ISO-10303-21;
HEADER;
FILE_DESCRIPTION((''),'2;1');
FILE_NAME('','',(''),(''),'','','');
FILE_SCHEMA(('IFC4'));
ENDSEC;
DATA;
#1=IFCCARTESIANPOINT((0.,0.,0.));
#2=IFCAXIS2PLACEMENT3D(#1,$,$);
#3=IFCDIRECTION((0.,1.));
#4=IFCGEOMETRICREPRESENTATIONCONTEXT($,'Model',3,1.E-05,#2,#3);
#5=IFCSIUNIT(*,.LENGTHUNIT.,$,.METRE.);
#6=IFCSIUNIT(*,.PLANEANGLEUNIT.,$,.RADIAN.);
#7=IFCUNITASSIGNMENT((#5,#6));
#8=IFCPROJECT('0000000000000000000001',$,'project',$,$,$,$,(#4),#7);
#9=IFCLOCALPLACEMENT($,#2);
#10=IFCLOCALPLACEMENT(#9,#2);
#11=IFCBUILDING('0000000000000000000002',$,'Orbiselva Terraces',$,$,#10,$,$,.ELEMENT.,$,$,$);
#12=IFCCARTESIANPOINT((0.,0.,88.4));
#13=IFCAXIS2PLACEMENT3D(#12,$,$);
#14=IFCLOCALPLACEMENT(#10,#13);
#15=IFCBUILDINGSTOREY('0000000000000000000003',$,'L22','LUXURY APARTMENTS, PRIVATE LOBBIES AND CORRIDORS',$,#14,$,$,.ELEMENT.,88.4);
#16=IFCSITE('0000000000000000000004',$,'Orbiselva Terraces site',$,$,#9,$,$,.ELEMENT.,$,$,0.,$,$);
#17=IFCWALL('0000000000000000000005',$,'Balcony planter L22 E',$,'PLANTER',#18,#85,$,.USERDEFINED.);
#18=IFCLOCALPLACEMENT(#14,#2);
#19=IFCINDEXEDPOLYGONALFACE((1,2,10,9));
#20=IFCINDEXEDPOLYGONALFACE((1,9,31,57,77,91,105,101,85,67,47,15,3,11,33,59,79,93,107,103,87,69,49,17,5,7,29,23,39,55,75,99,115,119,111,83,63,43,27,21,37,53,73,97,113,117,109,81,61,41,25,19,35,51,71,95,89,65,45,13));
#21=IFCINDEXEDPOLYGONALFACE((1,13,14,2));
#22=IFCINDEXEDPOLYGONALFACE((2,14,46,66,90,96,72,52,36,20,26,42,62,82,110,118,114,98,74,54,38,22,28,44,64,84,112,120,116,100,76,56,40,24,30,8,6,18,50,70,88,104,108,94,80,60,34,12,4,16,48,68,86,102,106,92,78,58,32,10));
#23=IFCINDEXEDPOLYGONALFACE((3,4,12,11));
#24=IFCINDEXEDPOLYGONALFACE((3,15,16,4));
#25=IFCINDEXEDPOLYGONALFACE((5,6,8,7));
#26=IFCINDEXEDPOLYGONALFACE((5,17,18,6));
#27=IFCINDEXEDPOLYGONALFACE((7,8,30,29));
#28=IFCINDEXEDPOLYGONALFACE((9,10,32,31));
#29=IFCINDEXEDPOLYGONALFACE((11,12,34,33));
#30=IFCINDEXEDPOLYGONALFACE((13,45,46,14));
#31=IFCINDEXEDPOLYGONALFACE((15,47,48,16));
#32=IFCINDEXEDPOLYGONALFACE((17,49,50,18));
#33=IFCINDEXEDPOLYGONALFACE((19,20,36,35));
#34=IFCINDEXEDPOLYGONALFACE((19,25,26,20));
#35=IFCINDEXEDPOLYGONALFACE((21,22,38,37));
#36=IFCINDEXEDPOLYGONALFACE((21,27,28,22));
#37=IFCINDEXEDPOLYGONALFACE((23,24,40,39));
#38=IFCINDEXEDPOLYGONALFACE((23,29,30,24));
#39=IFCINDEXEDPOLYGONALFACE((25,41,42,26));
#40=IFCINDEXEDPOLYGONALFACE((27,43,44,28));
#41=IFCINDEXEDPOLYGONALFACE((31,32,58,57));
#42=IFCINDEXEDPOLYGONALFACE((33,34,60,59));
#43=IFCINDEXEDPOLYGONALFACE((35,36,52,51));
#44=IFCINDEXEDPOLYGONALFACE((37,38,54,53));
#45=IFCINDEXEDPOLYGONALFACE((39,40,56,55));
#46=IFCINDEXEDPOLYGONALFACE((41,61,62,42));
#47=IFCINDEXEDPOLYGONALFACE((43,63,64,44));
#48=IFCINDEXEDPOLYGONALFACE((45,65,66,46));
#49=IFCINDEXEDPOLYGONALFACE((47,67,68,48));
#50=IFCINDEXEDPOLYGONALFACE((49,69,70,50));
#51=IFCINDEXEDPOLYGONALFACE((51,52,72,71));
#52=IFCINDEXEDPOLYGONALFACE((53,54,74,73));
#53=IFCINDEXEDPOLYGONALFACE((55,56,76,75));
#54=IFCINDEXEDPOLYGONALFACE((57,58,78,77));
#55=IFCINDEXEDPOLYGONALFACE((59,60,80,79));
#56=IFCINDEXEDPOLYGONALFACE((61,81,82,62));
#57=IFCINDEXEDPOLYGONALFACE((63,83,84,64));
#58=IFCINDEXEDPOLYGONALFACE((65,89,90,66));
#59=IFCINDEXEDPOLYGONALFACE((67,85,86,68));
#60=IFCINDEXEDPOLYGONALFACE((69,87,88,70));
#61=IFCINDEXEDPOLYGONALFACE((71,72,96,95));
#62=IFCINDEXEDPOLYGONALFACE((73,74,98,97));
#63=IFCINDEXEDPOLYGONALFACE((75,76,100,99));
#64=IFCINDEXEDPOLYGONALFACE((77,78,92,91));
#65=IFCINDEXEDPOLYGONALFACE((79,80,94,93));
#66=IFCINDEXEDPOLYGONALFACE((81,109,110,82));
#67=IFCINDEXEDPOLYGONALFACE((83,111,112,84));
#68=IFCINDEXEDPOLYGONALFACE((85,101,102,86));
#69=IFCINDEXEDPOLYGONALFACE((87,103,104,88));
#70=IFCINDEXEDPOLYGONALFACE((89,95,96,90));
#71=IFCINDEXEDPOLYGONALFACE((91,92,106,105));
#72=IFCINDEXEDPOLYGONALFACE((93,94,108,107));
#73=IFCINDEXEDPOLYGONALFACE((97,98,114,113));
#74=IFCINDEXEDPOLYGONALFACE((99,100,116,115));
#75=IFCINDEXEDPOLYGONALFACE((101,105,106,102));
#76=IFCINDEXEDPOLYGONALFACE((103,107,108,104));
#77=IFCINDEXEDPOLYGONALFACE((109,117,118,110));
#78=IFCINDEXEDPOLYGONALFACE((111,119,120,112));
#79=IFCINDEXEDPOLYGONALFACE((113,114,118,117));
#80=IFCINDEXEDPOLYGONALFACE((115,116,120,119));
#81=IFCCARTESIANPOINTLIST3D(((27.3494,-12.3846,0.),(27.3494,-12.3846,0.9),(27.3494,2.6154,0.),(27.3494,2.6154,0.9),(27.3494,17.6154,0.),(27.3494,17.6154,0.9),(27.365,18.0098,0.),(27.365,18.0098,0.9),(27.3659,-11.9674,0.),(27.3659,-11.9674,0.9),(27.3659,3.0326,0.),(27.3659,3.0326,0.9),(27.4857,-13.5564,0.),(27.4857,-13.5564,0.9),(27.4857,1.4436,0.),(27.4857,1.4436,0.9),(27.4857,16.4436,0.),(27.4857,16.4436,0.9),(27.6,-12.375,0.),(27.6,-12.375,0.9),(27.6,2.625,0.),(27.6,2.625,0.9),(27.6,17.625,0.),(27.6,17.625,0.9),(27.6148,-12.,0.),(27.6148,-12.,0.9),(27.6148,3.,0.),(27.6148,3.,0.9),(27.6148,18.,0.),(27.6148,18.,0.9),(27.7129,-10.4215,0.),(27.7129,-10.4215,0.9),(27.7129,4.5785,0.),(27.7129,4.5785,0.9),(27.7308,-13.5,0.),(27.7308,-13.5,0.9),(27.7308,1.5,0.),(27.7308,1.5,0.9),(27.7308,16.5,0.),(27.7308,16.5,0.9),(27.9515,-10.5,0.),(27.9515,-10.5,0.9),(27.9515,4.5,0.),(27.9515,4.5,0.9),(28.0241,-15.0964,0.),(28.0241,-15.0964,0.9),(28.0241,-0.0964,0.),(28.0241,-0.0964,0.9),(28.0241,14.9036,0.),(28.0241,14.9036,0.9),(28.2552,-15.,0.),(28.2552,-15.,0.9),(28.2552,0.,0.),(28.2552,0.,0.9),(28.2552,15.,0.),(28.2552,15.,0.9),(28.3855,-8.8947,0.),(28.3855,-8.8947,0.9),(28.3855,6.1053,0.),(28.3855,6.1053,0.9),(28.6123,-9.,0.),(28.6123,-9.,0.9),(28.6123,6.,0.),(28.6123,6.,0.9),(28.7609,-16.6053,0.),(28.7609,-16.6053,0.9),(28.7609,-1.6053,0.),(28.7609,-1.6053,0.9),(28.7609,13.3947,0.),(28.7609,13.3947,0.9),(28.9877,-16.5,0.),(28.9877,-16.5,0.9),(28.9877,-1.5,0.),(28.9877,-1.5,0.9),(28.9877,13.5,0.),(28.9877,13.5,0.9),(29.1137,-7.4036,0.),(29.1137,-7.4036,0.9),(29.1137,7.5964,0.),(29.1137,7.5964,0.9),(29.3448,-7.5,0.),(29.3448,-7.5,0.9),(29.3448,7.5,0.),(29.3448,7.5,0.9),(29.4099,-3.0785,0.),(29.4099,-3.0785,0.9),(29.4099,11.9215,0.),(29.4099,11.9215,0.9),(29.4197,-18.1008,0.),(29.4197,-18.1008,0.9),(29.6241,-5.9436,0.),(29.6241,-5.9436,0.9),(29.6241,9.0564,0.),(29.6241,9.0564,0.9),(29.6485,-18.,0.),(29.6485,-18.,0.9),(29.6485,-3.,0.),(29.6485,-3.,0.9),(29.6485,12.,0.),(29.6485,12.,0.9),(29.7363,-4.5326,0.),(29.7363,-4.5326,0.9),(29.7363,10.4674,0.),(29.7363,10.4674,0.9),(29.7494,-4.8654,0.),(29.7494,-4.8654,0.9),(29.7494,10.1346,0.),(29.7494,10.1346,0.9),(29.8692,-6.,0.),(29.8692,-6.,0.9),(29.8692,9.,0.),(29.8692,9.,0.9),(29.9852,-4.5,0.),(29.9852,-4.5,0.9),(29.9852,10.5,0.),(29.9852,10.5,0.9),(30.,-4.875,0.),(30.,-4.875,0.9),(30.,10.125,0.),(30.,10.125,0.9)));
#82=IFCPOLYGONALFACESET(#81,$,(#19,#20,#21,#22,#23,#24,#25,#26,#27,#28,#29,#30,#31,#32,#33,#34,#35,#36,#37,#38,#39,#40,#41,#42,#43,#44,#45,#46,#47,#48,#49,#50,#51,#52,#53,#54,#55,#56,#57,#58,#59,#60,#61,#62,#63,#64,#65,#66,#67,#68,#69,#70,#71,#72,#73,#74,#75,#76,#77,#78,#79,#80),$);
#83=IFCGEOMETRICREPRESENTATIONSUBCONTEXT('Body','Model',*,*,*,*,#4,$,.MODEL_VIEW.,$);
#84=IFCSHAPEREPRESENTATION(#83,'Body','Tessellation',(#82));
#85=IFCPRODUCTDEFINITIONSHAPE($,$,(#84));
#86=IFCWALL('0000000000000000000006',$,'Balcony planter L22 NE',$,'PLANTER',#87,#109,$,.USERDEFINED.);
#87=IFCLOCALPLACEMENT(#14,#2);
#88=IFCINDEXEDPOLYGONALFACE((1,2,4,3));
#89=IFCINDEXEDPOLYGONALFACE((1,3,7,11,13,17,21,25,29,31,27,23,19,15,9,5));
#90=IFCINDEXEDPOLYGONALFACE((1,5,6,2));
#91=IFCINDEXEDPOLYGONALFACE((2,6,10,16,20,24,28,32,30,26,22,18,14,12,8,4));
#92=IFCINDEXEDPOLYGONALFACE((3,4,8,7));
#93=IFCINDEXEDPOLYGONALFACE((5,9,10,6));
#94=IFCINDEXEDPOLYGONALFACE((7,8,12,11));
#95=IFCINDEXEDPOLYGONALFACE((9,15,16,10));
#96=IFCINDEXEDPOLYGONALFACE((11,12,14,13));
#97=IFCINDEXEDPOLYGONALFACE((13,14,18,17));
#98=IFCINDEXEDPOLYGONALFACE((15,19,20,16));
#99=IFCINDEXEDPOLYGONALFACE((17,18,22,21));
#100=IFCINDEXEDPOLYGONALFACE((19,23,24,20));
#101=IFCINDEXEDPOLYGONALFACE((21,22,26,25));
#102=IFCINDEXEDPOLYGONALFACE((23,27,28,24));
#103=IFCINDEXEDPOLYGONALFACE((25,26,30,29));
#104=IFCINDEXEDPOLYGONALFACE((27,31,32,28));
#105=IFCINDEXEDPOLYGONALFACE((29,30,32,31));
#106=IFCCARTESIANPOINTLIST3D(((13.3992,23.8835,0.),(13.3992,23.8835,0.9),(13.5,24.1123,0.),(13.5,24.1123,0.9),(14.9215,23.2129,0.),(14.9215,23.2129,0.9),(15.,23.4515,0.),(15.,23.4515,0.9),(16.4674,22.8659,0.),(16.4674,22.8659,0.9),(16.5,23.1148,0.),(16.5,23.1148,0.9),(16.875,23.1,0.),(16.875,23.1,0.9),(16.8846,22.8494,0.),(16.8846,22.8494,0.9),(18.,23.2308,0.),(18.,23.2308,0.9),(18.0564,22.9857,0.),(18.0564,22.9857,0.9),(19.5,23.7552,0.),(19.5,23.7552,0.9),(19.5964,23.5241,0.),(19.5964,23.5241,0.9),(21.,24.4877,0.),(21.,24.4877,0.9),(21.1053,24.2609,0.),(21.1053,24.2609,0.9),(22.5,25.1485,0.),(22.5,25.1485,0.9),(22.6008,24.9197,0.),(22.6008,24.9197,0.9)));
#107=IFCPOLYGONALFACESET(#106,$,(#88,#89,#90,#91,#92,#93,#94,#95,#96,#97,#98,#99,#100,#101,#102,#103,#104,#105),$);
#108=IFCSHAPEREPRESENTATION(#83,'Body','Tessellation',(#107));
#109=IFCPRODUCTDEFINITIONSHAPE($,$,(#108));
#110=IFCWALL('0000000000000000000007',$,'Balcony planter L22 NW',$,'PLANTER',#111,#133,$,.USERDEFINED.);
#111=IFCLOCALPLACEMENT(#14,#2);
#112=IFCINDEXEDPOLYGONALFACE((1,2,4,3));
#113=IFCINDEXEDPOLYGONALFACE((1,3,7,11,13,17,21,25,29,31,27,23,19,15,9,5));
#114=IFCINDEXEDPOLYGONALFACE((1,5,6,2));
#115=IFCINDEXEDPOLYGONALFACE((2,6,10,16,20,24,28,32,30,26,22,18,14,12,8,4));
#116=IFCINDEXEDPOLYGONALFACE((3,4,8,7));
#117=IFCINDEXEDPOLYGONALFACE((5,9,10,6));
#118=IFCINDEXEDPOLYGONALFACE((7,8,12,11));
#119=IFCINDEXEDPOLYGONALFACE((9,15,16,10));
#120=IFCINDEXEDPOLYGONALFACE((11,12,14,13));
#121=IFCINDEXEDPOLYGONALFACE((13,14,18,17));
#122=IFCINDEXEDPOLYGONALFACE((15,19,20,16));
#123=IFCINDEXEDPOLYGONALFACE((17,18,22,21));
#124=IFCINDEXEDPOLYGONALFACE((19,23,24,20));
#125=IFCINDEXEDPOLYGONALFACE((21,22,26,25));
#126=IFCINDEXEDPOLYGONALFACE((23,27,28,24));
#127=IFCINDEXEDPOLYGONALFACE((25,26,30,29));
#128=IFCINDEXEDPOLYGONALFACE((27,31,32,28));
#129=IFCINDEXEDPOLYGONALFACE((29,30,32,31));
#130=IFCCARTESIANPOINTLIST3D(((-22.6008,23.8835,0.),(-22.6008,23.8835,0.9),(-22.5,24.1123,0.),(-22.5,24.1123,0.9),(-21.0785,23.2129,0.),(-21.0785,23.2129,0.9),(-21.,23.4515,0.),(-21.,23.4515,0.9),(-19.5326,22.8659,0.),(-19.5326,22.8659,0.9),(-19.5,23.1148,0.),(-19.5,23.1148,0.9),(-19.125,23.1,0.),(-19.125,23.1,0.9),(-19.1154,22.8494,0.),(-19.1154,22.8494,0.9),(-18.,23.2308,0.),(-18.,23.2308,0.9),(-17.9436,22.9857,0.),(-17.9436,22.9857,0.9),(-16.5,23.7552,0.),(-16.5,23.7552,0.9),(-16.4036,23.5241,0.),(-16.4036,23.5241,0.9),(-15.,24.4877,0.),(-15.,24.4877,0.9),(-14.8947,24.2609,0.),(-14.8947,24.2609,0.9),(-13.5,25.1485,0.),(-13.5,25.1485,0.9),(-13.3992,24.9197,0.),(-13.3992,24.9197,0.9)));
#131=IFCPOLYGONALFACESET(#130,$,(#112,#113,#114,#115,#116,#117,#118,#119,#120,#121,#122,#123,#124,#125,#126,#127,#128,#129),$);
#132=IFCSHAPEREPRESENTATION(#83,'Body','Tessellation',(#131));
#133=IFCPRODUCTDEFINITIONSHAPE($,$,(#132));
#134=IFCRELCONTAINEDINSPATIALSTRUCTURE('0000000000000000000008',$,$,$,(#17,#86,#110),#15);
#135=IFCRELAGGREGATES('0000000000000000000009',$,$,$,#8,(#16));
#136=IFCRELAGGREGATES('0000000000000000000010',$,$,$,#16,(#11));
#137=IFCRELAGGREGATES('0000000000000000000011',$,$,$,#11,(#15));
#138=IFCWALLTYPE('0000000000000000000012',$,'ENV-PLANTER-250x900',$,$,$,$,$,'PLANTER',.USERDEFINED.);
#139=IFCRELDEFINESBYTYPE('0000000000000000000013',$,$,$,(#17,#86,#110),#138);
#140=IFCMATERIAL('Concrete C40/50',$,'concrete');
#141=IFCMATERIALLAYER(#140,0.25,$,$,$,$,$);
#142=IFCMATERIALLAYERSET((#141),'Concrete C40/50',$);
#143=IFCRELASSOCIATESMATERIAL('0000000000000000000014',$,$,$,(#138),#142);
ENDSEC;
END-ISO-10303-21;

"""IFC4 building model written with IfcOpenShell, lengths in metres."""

from ifc_helpers import new_model, si_unit, direction, frame, origin, place, context, subcontext, project, spatial, polyline, outline, extrude, material, layer, layer_set, type_object, element, save


model = new_model("IFC4")

# Units and contexts
model_context = context("Model", 3, precision=1e-05, world=origin(), true_north=direction((0.0, 1.0)))
body_context = subcontext(model_context, "Body", "Model", "MODEL_VIEW")
ifc_project = project(units=[si_unit("LENGTHUNIT", "METRE"), si_unit("PLANEANGLEUNIT", "RADIAN")], contexts=[model_context])

# Site, building, storey
site_placement = place(None, origin())
site = spatial("IfcSite", under=ifc_project, at=site_placement, Name="Orbiselva Terraces site", CompositionType="ELEMENT", RefElevation=0.0)
building_placement = place(site_placement, origin())
building = spatial("IfcBuilding", under=site, at=building_placement, Name="Orbiselva Terraces", CompositionType="ELEMENT")
storey_placement = place(building_placement, frame((0.0, 0.0, 88.4)))
storey = spatial("IfcBuildingStorey", under=building, at=storey_placement, Name="L22", Description="LUXURY APARTMENTS, PRIVATE LOBBIES AND CORRIDORS", CompositionType="ELEMENT", Elevation=88.4)

# Shared definitions
ifc_material_1 = material(Name="Concrete C40/50", Category="concrete")

# Walls
ifc_layer_1 = layer(ifc_material_1, 0.25)
ifc_layer_set_1 = layer_set([ifc_layer_1], Name="Concrete C40/50")
wall_type = type_object("IfcWallType", Name="ENV-PLANTER-250x900", ElementType="PLANTER", PredefinedType="USERDEFINED", material=ifc_layer_set_1)
wall_1_placement = place(storey_placement, origin())
element("IfcWall", 1, at=wall_1_placement, inside=storey, type_object=wall_type, Name="Balcony planter L22 E", ObjectType="PLANTER", PredefinedType="USERDEFINED", context=body_context, shape_type="SweptSolid", body=[
    extrude(outline(polyline([(29.6485, -18.0), (28.9877, -16.5), (28.2552, -15.0), (27.7308, -13.5), (27.6, -12.375), (27.6148, -12.0), (27.9515, -10.5), (28.6123, -9.0), (29.3448, -7.5), (29.8692, -6.0), (30.0, -4.875), (29.9852, -4.5), (29.6485, -3.0), (28.9877, -1.5), (28.2552, 0.0), (27.7308, 1.5), (27.6, 2.625), (27.6148, 3.0), (27.9515, 4.5), (28.6123, 6.0), (29.3448, 7.5), (29.8692, 9.0), (30.0, 10.125), (29.9852, 10.5), (29.6485, 12.0), (28.9877, 13.5), (28.2552, 15.0), (27.7308, 16.5), (27.6, 17.625), (27.6148, 18.0), (27.365, 18.0098), (27.3494, 17.6154), (27.4857, 16.4436), (28.0241, 14.9036), (28.7609, 13.3947), (29.4099, 11.9215), (29.7363, 10.4674), (29.7494, 10.1346), (29.6241, 9.0564), (29.1137, 7.5964), (28.3855, 6.1053), (27.7129, 4.5785), (27.3659, 3.0326), (27.3494, 2.6154), (27.4857, 1.4436), (28.0241, -0.0964), (28.7609, -1.6053), (29.4099, -3.0785), (29.7363, -4.5326), (29.7494, -4.8654), (29.6241, -5.9436), (29.1137, -7.4036), (28.3855, -8.8947), (27.7129, -10.4215), (27.3659, -11.9674), (27.3494, -12.3846), (27.4857, -13.5564), (28.0241, -15.0964), (28.7609, -16.6053), (29.4197, -18.1008), (29.6485, -18.0)])), origin(), (0.0, 0.0, 1.0), 0.9),
])
wall_2_placement = place(storey_placement, origin())
element("IfcWall", 2, at=wall_2_placement, inside=storey, type_object=wall_type, Name="Balcony planter L22 NE", ObjectType="PLANTER", PredefinedType="USERDEFINED", context=body_context, shape_type="SweptSolid", body=[
    extrude(outline(polyline([(22.5, 25.1485), (21.0, 24.4877), (19.5, 23.7552), (18.0, 23.2308), (16.875, 23.1), (16.5, 23.1148), (15.0, 23.4515), (13.5, 24.1123), (13.3992, 23.8835), (14.9215, 23.2129), (16.4674, 22.8659), (16.8846, 22.8494), (18.0564, 22.9857), (19.5964, 23.5241), (21.1053, 24.2609), (22.6008, 24.9197), (22.5, 25.1485)])), origin(), (0.0, 0.0, 1.0), 0.9),
])
wall_3_placement = place(storey_placement, origin())
element("IfcWall", 3, at=wall_3_placement, inside=storey, type_object=wall_type, Name="Balcony planter L22 NW", ObjectType="PLANTER", PredefinedType="USERDEFINED", context=body_context, shape_type="SweptSolid", body=[
    extrude(outline(polyline([(-13.5, 25.1485), (-15.0, 24.4877), (-16.5, 23.7552), (-18.0, 23.2308), (-19.125, 23.1), (-19.5, 23.1148), (-21.0, 23.4515), (-22.5, 24.1123), (-22.6008, 23.8835), (-21.0785, 23.2129), (-19.5326, 22.8659), (-19.1154, 22.8494), (-17.9436, 22.9857), (-16.4036, 23.5241), (-14.8947, 24.2609), (-13.3992, 24.9197), (-13.5, 25.1485)])), origin(), (0.0, 0.0, 1.0), 0.9),
])

save(model, "model.ifc")
